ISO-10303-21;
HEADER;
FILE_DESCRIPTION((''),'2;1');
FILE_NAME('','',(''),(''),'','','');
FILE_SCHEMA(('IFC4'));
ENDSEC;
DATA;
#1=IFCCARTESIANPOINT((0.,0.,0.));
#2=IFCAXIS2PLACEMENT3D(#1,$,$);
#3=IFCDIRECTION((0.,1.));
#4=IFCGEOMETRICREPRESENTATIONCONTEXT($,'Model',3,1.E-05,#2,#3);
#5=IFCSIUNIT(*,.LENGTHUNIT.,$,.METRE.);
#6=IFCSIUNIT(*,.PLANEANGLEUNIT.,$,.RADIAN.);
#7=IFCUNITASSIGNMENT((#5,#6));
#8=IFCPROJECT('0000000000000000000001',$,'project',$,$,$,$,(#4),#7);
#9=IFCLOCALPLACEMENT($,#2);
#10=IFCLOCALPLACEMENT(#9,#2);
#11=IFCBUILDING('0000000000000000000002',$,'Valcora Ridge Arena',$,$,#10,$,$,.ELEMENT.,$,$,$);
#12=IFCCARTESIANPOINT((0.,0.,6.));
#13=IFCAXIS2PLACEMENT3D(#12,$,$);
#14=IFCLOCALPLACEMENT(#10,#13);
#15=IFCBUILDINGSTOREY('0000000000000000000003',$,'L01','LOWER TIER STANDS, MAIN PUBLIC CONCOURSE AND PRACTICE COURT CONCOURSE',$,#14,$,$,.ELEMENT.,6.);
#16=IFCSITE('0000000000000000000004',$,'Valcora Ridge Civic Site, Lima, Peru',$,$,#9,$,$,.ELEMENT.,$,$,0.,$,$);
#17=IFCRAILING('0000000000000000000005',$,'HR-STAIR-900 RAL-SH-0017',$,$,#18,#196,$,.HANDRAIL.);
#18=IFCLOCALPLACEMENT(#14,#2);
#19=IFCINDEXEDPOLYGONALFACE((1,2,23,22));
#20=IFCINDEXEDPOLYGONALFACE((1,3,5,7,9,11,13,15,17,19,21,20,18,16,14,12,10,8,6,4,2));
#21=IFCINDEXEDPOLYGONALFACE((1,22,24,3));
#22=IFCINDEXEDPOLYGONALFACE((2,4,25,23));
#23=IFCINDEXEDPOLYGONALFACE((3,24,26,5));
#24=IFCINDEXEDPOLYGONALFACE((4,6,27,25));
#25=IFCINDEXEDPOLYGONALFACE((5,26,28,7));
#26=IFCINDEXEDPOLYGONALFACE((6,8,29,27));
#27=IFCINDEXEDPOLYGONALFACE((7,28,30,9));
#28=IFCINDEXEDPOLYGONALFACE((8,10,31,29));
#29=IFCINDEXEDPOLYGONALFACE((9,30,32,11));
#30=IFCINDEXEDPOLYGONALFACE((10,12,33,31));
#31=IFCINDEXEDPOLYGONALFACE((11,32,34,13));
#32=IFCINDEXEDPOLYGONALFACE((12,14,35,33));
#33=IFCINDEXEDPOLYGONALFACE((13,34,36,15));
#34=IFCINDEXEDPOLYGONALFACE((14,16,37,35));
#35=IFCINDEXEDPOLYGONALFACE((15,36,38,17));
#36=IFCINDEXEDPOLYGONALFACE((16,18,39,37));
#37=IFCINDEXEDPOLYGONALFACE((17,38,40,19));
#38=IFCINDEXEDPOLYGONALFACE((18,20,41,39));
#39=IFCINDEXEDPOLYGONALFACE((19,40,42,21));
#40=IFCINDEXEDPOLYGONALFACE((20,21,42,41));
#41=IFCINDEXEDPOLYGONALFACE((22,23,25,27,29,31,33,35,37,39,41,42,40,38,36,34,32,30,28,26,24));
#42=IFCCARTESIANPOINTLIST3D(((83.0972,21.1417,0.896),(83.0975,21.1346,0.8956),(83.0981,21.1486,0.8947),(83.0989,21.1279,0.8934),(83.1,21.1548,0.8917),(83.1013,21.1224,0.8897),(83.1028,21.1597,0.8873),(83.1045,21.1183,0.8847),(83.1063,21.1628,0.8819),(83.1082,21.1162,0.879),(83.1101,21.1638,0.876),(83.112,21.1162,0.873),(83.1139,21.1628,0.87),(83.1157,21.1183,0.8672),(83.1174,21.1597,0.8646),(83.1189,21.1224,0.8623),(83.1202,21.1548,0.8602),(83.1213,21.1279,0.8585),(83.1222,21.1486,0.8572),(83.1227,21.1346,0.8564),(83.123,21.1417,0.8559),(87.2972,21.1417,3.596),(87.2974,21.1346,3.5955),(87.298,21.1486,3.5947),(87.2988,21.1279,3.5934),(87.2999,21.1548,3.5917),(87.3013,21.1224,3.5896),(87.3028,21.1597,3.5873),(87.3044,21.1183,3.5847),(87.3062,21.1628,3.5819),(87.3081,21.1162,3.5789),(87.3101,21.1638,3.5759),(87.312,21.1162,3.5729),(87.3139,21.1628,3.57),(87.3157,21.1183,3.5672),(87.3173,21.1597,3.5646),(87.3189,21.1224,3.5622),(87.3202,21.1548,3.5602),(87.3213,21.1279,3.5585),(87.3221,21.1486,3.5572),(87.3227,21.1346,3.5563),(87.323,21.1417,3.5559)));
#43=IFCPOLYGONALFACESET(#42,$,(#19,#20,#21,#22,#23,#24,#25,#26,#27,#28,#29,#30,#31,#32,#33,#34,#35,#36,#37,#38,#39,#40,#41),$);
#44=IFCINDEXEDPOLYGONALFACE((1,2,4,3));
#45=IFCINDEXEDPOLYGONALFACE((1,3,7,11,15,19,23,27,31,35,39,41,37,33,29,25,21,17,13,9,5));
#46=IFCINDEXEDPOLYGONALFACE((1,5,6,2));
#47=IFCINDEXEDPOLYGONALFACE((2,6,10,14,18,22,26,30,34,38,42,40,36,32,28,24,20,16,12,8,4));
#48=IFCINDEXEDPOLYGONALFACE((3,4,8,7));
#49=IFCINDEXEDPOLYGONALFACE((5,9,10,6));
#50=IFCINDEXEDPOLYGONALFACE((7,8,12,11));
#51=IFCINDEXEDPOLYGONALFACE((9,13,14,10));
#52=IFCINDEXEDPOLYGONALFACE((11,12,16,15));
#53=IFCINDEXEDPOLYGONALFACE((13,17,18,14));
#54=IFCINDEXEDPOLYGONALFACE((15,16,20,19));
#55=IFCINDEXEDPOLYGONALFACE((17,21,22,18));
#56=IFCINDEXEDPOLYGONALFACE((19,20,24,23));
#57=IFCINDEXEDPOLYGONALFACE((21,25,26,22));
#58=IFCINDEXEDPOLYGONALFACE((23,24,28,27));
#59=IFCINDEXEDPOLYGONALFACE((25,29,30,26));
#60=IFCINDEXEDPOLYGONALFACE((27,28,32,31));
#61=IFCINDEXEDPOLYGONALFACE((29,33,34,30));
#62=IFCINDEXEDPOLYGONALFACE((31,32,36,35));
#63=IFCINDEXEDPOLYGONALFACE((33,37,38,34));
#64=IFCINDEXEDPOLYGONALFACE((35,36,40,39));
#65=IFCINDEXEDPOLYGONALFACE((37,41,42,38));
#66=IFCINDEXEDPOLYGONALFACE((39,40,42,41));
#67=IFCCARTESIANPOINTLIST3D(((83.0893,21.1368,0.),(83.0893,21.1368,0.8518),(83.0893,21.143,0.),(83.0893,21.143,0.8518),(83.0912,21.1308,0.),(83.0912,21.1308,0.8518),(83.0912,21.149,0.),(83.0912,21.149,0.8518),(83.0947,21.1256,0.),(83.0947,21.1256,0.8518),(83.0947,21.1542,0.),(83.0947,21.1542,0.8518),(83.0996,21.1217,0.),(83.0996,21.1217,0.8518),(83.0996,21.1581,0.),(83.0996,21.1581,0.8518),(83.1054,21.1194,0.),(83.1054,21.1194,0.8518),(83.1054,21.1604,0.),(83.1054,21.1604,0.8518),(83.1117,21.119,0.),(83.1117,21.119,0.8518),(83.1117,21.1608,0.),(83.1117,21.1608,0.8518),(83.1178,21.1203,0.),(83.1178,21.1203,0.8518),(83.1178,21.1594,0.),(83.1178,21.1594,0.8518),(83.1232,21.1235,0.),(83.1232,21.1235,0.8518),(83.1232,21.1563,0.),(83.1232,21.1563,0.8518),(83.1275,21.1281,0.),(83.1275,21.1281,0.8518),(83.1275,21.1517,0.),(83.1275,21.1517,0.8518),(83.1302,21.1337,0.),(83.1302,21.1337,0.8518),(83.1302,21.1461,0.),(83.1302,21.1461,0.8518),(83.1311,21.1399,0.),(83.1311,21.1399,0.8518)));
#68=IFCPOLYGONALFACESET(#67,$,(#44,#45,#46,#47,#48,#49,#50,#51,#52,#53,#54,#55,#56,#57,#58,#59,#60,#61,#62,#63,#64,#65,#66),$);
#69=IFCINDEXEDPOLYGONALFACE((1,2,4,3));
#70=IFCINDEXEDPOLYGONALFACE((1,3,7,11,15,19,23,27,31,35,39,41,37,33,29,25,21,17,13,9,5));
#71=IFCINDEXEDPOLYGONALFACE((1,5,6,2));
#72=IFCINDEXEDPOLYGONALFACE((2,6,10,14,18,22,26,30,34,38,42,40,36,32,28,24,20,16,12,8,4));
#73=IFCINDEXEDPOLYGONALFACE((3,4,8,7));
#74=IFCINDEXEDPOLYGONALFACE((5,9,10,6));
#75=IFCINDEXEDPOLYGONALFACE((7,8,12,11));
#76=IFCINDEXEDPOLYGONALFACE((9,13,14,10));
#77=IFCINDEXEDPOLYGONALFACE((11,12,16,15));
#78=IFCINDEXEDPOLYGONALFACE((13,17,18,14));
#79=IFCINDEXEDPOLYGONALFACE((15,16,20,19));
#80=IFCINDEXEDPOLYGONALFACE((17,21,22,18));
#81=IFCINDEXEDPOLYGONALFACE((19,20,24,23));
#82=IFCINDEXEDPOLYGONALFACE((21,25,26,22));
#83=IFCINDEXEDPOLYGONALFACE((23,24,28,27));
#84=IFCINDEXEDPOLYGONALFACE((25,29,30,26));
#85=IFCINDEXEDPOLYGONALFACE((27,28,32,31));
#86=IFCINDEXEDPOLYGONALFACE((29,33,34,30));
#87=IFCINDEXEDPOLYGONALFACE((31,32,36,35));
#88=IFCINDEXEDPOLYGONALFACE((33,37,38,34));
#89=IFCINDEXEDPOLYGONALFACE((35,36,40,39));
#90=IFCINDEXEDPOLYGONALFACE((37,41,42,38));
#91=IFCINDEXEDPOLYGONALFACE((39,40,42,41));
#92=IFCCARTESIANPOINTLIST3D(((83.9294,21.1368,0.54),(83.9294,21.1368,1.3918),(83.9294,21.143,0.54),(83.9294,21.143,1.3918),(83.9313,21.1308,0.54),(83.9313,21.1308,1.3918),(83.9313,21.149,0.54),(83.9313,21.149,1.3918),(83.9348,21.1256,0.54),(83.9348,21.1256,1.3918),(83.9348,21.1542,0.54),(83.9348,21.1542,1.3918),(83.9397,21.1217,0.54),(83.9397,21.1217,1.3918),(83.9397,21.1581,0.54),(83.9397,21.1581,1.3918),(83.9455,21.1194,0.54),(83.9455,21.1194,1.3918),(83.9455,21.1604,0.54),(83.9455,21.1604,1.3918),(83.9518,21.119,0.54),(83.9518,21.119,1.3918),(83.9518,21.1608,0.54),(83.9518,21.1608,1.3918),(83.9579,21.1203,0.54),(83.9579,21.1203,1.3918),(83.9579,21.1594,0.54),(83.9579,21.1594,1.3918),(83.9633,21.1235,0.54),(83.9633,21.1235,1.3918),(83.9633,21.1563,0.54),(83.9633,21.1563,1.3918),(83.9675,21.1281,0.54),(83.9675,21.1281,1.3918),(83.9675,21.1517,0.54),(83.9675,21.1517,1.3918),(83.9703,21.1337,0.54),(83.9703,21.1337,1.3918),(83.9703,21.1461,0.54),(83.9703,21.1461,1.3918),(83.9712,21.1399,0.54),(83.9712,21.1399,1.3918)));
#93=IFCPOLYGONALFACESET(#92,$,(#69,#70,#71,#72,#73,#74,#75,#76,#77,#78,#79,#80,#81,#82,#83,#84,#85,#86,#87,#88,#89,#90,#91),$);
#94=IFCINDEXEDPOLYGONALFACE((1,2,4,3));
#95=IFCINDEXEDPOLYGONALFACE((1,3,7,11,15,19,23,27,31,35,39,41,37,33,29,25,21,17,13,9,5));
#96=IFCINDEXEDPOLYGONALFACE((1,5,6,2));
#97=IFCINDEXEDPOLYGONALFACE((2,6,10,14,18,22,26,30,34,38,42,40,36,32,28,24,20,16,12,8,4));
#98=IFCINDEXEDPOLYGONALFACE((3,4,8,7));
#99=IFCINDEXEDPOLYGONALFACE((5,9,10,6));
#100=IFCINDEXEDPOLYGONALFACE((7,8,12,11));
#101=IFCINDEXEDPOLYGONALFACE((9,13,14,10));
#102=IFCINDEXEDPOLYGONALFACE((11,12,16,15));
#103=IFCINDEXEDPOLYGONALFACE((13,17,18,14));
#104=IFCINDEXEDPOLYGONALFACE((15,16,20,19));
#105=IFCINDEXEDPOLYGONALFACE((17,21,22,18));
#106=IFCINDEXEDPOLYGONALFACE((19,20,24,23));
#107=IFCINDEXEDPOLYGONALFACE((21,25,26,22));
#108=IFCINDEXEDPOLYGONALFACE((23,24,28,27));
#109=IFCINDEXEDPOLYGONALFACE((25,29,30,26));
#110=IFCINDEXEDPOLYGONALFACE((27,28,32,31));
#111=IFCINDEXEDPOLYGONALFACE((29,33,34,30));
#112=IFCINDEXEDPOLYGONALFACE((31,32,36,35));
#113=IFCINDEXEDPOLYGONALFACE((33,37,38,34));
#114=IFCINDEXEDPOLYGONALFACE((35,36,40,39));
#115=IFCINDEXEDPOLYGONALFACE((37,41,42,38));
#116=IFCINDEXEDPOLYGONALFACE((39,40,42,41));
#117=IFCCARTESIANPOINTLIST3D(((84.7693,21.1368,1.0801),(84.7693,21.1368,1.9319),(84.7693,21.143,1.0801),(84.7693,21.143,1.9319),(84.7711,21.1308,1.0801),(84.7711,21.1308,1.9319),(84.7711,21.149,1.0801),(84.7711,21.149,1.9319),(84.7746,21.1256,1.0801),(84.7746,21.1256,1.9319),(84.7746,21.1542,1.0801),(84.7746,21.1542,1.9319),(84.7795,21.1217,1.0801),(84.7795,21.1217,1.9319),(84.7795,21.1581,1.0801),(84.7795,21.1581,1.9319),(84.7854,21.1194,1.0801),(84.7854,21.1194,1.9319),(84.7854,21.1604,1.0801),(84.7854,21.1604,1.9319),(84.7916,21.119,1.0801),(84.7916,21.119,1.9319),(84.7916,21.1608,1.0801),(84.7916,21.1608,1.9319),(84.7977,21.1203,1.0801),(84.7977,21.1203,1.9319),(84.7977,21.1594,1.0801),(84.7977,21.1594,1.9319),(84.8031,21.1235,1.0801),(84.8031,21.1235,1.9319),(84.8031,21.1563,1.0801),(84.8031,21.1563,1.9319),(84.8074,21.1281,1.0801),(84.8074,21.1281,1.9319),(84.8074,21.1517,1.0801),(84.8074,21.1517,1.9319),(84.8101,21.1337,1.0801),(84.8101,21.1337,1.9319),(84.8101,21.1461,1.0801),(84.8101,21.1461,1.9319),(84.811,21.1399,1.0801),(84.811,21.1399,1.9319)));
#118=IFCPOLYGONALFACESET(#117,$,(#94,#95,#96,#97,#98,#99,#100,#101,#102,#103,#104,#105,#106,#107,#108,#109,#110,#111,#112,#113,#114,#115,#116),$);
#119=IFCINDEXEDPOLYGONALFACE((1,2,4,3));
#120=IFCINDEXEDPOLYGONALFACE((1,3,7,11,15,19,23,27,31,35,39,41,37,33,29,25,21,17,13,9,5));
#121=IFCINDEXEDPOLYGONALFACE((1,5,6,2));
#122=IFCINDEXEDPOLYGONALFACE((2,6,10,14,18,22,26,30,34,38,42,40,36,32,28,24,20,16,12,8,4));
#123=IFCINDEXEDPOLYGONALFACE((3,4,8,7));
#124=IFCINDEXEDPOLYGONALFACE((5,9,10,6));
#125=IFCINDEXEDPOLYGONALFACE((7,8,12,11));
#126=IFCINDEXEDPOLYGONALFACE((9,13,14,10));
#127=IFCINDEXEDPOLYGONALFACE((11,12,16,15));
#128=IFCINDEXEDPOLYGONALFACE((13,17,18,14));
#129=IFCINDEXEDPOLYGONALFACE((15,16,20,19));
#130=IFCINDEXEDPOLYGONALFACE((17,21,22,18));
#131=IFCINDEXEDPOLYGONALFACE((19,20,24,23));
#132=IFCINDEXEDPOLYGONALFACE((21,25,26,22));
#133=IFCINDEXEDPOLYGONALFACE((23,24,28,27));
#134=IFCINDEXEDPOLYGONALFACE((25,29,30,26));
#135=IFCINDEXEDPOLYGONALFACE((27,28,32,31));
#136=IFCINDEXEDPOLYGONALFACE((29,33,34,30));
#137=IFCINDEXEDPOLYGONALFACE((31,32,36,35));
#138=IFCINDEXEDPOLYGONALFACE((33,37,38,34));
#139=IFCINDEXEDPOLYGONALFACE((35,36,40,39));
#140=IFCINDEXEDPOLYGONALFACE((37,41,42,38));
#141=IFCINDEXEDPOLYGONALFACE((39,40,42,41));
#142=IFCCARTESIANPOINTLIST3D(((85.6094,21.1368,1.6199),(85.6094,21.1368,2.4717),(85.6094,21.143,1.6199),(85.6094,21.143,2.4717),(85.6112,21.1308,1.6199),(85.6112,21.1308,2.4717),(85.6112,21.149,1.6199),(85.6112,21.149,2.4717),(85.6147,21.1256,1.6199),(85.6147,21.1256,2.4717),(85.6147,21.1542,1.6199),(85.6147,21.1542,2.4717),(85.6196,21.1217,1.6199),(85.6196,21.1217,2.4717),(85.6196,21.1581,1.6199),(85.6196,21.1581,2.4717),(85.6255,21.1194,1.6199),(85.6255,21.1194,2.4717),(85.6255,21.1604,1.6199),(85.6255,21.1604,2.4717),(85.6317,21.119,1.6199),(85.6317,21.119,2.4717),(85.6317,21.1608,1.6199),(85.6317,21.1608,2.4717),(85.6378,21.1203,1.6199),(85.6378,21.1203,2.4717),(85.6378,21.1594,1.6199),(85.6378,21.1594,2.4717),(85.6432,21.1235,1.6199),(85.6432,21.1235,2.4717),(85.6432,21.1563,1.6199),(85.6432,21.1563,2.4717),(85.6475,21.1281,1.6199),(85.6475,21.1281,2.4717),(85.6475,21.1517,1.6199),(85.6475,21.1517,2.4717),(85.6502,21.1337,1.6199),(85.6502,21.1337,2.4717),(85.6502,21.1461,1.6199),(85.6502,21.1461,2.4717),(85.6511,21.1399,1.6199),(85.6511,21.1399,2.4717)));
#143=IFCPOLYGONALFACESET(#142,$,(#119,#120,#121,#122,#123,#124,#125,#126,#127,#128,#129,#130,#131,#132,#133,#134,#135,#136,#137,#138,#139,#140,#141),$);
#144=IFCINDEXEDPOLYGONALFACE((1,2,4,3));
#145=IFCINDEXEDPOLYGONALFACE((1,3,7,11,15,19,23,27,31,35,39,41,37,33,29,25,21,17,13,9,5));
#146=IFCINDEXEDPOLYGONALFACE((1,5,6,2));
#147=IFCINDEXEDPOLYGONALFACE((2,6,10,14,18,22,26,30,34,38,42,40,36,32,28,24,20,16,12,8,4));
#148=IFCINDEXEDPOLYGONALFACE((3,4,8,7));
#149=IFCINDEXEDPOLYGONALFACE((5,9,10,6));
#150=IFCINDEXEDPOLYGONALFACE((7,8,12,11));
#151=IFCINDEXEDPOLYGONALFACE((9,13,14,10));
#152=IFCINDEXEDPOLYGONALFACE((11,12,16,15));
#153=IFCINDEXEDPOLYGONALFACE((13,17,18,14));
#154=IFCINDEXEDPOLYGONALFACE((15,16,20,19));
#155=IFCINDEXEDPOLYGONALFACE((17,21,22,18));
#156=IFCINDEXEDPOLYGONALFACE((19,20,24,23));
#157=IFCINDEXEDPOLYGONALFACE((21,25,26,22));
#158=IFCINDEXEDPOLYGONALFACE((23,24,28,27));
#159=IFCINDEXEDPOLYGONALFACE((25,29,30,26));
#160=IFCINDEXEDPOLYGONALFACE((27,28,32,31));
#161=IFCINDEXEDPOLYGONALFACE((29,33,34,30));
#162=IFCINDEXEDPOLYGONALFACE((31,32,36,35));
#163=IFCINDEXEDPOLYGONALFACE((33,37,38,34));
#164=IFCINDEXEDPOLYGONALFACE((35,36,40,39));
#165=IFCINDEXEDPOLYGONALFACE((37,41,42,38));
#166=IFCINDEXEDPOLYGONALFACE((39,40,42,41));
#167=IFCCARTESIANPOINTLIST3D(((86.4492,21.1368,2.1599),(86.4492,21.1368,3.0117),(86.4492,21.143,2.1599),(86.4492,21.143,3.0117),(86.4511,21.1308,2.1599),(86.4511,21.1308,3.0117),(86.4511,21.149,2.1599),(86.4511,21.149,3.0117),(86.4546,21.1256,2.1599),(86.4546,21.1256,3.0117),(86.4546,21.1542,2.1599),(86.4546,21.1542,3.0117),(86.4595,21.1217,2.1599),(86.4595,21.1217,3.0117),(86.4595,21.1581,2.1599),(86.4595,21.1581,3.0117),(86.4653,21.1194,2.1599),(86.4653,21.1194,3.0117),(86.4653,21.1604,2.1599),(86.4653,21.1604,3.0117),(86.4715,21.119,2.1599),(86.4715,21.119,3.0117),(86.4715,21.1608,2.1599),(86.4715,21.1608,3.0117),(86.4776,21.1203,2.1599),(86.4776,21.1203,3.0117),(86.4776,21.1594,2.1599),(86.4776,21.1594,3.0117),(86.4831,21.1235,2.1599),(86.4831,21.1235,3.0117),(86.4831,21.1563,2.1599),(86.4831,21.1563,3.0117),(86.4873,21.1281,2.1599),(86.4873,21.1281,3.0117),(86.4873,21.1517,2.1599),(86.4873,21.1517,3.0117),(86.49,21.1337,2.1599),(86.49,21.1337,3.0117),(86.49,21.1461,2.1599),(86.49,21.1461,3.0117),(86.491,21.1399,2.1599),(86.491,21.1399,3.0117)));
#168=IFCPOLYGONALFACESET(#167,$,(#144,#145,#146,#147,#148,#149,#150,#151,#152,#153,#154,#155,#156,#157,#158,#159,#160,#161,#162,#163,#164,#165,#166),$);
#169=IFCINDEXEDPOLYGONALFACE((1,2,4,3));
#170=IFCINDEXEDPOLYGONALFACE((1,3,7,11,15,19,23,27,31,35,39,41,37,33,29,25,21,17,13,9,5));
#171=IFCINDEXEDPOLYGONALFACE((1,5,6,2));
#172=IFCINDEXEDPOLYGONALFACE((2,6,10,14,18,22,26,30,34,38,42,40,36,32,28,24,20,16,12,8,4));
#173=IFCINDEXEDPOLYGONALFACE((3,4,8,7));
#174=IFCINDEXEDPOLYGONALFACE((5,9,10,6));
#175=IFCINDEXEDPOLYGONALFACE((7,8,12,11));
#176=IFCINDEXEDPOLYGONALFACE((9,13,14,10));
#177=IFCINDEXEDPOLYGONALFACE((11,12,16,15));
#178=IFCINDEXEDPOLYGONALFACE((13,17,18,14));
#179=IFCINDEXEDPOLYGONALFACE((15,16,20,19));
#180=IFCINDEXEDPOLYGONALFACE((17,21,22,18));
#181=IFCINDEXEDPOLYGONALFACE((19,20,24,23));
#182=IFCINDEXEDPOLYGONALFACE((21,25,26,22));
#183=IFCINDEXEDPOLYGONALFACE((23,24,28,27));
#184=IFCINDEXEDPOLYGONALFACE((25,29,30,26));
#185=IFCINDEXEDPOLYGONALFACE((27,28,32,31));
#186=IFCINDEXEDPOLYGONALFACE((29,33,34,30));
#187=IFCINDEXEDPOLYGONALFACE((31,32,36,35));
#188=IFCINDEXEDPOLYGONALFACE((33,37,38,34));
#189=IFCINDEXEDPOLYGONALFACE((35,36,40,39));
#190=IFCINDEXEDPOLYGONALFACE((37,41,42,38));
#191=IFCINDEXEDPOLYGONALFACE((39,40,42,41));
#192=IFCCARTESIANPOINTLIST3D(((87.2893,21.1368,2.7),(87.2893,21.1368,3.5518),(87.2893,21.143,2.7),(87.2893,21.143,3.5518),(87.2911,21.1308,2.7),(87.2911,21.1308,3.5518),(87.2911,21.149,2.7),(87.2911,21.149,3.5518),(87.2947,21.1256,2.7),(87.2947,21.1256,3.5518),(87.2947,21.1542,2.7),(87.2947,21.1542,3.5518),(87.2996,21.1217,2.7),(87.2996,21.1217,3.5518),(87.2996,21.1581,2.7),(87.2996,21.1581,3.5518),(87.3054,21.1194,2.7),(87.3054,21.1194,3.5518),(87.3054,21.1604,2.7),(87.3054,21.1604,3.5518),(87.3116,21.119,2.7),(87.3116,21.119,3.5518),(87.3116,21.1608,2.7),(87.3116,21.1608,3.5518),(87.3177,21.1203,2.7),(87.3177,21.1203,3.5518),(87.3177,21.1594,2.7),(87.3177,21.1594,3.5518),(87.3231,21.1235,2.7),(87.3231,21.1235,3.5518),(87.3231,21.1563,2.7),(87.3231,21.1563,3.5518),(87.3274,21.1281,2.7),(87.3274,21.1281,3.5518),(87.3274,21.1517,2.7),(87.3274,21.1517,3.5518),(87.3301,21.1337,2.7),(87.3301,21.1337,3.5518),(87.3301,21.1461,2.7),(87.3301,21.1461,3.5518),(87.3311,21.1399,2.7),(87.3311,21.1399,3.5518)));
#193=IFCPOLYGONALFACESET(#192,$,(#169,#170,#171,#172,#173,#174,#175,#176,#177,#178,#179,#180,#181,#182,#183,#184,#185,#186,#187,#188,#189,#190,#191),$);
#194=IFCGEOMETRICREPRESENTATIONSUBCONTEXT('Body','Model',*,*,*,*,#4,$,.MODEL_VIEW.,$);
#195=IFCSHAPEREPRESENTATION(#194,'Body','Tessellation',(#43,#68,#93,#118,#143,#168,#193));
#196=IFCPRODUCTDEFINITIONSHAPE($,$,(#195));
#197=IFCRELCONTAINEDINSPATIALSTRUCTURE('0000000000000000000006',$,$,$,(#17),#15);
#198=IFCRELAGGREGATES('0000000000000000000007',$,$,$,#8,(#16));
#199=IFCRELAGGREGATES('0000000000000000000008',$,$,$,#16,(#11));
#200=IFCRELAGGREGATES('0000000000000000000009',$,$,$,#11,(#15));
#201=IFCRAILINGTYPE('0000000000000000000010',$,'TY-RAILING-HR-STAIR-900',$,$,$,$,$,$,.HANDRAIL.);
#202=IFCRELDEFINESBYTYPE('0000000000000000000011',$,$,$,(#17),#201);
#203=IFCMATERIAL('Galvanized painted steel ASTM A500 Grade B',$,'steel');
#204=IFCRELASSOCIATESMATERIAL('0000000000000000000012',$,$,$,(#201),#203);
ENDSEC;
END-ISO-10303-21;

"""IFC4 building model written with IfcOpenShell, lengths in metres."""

from ifc_helpers import new_model, si_unit, direction, frame, origin, origin_2d, place, context, subcontext, project, spatial, circle, extrude, material, type_object, element, save


model = new_model("IFC4")

# Units and contexts
model_context = context("Model", 3, precision=1e-05, world=origin(), true_north=direction((0.0, 1.0)))
body_context = subcontext(model_context, "Body", "Model", "MODEL_VIEW")
ifc_project = project(units=[si_unit("LENGTHUNIT", "METRE"), si_unit("PLANEANGLEUNIT", "RADIAN")], contexts=[model_context])

# Site, building, storey
site_placement = place(None, origin())
site = spatial("IfcSite", under=ifc_project, at=site_placement, Name="Valcora Ridge Civic Site, Lima, Peru", CompositionType="ELEMENT", RefElevation=0.0)
building_placement = place(site_placement, origin())
building = spatial("IfcBuilding", under=site, at=building_placement, Name="Valcora Ridge Arena", CompositionType="ELEMENT")
storey_placement = place(building_placement, frame((0.0, 0.0, 6.0)))
storey = spatial("IfcBuildingStorey", under=building, at=storey_placement, Name="L01", Description="LOWER TIER STANDS, MAIN PUBLIC CONCOURSE AND PRACTICE COURT CONCOURSE", CompositionType="ELEMENT", Elevation=6.0)

# Railing
ifc_material_1 = material(Name="Galvanized painted steel ASTM A500 Grade B", Category="steel")
railing_type_1 = type_object("IfcRailingType", Name="TY-RAILING-HR-STAIR-900", PredefinedType="HANDRAIL", material=ifc_material_1)
railing_1_placement = place(storey_placement, frame((83.1101, 21.1399, 0.0)))
element("IfcRailing", 1, at=railing_1_placement, inside=storey, type_object=railing_type_1, Name="HR-STAIR-900 RAL-SH-0017", PredefinedType="HANDRAIL", context=body_context, shape_type="SweptSolid", body=[
    extrude(circle(Radius=0.0239, at=origin_2d()), frame((0.0, 0.0, 0.876), z_axis=(0.84118, 0.0, 0.540755), x_axis=(0.0, 1.0, 0.0)), (0.0, 0.0, 1.0), 4.9929),
    extrude(circle(Radius=0.021, at=origin_2d()), origin(), (0.0, 0.0, 1.0), 0.8518),
    extrude(circle(Radius=0.021, at=origin_2d()), frame((0.8401, 0.0, 0.54)), (0.0, 0.0, 1.0), 0.8518),
    extrude(circle(Radius=0.021, at=origin_2d()), frame((1.6799, 0.0, 1.0801)), (0.0, 0.0, 1.0), 0.8518),
    extrude(circle(Radius=0.021, at=origin_2d()), frame((2.52, 0.0, 1.6199)), (0.0, 0.0, 1.0), 0.8518),
    extrude(circle(Radius=0.021, at=origin_2d()), frame((3.3599, 0.0, 2.1599)), (0.0, 0.0, 1.0), 0.8518),
    extrude(circle(Radius=0.021, at=origin_2d()), frame((4.2, 0.0, 2.7)), (0.0, 0.0, 1.0), 0.8518),
])

save(model, "model.ifc")
